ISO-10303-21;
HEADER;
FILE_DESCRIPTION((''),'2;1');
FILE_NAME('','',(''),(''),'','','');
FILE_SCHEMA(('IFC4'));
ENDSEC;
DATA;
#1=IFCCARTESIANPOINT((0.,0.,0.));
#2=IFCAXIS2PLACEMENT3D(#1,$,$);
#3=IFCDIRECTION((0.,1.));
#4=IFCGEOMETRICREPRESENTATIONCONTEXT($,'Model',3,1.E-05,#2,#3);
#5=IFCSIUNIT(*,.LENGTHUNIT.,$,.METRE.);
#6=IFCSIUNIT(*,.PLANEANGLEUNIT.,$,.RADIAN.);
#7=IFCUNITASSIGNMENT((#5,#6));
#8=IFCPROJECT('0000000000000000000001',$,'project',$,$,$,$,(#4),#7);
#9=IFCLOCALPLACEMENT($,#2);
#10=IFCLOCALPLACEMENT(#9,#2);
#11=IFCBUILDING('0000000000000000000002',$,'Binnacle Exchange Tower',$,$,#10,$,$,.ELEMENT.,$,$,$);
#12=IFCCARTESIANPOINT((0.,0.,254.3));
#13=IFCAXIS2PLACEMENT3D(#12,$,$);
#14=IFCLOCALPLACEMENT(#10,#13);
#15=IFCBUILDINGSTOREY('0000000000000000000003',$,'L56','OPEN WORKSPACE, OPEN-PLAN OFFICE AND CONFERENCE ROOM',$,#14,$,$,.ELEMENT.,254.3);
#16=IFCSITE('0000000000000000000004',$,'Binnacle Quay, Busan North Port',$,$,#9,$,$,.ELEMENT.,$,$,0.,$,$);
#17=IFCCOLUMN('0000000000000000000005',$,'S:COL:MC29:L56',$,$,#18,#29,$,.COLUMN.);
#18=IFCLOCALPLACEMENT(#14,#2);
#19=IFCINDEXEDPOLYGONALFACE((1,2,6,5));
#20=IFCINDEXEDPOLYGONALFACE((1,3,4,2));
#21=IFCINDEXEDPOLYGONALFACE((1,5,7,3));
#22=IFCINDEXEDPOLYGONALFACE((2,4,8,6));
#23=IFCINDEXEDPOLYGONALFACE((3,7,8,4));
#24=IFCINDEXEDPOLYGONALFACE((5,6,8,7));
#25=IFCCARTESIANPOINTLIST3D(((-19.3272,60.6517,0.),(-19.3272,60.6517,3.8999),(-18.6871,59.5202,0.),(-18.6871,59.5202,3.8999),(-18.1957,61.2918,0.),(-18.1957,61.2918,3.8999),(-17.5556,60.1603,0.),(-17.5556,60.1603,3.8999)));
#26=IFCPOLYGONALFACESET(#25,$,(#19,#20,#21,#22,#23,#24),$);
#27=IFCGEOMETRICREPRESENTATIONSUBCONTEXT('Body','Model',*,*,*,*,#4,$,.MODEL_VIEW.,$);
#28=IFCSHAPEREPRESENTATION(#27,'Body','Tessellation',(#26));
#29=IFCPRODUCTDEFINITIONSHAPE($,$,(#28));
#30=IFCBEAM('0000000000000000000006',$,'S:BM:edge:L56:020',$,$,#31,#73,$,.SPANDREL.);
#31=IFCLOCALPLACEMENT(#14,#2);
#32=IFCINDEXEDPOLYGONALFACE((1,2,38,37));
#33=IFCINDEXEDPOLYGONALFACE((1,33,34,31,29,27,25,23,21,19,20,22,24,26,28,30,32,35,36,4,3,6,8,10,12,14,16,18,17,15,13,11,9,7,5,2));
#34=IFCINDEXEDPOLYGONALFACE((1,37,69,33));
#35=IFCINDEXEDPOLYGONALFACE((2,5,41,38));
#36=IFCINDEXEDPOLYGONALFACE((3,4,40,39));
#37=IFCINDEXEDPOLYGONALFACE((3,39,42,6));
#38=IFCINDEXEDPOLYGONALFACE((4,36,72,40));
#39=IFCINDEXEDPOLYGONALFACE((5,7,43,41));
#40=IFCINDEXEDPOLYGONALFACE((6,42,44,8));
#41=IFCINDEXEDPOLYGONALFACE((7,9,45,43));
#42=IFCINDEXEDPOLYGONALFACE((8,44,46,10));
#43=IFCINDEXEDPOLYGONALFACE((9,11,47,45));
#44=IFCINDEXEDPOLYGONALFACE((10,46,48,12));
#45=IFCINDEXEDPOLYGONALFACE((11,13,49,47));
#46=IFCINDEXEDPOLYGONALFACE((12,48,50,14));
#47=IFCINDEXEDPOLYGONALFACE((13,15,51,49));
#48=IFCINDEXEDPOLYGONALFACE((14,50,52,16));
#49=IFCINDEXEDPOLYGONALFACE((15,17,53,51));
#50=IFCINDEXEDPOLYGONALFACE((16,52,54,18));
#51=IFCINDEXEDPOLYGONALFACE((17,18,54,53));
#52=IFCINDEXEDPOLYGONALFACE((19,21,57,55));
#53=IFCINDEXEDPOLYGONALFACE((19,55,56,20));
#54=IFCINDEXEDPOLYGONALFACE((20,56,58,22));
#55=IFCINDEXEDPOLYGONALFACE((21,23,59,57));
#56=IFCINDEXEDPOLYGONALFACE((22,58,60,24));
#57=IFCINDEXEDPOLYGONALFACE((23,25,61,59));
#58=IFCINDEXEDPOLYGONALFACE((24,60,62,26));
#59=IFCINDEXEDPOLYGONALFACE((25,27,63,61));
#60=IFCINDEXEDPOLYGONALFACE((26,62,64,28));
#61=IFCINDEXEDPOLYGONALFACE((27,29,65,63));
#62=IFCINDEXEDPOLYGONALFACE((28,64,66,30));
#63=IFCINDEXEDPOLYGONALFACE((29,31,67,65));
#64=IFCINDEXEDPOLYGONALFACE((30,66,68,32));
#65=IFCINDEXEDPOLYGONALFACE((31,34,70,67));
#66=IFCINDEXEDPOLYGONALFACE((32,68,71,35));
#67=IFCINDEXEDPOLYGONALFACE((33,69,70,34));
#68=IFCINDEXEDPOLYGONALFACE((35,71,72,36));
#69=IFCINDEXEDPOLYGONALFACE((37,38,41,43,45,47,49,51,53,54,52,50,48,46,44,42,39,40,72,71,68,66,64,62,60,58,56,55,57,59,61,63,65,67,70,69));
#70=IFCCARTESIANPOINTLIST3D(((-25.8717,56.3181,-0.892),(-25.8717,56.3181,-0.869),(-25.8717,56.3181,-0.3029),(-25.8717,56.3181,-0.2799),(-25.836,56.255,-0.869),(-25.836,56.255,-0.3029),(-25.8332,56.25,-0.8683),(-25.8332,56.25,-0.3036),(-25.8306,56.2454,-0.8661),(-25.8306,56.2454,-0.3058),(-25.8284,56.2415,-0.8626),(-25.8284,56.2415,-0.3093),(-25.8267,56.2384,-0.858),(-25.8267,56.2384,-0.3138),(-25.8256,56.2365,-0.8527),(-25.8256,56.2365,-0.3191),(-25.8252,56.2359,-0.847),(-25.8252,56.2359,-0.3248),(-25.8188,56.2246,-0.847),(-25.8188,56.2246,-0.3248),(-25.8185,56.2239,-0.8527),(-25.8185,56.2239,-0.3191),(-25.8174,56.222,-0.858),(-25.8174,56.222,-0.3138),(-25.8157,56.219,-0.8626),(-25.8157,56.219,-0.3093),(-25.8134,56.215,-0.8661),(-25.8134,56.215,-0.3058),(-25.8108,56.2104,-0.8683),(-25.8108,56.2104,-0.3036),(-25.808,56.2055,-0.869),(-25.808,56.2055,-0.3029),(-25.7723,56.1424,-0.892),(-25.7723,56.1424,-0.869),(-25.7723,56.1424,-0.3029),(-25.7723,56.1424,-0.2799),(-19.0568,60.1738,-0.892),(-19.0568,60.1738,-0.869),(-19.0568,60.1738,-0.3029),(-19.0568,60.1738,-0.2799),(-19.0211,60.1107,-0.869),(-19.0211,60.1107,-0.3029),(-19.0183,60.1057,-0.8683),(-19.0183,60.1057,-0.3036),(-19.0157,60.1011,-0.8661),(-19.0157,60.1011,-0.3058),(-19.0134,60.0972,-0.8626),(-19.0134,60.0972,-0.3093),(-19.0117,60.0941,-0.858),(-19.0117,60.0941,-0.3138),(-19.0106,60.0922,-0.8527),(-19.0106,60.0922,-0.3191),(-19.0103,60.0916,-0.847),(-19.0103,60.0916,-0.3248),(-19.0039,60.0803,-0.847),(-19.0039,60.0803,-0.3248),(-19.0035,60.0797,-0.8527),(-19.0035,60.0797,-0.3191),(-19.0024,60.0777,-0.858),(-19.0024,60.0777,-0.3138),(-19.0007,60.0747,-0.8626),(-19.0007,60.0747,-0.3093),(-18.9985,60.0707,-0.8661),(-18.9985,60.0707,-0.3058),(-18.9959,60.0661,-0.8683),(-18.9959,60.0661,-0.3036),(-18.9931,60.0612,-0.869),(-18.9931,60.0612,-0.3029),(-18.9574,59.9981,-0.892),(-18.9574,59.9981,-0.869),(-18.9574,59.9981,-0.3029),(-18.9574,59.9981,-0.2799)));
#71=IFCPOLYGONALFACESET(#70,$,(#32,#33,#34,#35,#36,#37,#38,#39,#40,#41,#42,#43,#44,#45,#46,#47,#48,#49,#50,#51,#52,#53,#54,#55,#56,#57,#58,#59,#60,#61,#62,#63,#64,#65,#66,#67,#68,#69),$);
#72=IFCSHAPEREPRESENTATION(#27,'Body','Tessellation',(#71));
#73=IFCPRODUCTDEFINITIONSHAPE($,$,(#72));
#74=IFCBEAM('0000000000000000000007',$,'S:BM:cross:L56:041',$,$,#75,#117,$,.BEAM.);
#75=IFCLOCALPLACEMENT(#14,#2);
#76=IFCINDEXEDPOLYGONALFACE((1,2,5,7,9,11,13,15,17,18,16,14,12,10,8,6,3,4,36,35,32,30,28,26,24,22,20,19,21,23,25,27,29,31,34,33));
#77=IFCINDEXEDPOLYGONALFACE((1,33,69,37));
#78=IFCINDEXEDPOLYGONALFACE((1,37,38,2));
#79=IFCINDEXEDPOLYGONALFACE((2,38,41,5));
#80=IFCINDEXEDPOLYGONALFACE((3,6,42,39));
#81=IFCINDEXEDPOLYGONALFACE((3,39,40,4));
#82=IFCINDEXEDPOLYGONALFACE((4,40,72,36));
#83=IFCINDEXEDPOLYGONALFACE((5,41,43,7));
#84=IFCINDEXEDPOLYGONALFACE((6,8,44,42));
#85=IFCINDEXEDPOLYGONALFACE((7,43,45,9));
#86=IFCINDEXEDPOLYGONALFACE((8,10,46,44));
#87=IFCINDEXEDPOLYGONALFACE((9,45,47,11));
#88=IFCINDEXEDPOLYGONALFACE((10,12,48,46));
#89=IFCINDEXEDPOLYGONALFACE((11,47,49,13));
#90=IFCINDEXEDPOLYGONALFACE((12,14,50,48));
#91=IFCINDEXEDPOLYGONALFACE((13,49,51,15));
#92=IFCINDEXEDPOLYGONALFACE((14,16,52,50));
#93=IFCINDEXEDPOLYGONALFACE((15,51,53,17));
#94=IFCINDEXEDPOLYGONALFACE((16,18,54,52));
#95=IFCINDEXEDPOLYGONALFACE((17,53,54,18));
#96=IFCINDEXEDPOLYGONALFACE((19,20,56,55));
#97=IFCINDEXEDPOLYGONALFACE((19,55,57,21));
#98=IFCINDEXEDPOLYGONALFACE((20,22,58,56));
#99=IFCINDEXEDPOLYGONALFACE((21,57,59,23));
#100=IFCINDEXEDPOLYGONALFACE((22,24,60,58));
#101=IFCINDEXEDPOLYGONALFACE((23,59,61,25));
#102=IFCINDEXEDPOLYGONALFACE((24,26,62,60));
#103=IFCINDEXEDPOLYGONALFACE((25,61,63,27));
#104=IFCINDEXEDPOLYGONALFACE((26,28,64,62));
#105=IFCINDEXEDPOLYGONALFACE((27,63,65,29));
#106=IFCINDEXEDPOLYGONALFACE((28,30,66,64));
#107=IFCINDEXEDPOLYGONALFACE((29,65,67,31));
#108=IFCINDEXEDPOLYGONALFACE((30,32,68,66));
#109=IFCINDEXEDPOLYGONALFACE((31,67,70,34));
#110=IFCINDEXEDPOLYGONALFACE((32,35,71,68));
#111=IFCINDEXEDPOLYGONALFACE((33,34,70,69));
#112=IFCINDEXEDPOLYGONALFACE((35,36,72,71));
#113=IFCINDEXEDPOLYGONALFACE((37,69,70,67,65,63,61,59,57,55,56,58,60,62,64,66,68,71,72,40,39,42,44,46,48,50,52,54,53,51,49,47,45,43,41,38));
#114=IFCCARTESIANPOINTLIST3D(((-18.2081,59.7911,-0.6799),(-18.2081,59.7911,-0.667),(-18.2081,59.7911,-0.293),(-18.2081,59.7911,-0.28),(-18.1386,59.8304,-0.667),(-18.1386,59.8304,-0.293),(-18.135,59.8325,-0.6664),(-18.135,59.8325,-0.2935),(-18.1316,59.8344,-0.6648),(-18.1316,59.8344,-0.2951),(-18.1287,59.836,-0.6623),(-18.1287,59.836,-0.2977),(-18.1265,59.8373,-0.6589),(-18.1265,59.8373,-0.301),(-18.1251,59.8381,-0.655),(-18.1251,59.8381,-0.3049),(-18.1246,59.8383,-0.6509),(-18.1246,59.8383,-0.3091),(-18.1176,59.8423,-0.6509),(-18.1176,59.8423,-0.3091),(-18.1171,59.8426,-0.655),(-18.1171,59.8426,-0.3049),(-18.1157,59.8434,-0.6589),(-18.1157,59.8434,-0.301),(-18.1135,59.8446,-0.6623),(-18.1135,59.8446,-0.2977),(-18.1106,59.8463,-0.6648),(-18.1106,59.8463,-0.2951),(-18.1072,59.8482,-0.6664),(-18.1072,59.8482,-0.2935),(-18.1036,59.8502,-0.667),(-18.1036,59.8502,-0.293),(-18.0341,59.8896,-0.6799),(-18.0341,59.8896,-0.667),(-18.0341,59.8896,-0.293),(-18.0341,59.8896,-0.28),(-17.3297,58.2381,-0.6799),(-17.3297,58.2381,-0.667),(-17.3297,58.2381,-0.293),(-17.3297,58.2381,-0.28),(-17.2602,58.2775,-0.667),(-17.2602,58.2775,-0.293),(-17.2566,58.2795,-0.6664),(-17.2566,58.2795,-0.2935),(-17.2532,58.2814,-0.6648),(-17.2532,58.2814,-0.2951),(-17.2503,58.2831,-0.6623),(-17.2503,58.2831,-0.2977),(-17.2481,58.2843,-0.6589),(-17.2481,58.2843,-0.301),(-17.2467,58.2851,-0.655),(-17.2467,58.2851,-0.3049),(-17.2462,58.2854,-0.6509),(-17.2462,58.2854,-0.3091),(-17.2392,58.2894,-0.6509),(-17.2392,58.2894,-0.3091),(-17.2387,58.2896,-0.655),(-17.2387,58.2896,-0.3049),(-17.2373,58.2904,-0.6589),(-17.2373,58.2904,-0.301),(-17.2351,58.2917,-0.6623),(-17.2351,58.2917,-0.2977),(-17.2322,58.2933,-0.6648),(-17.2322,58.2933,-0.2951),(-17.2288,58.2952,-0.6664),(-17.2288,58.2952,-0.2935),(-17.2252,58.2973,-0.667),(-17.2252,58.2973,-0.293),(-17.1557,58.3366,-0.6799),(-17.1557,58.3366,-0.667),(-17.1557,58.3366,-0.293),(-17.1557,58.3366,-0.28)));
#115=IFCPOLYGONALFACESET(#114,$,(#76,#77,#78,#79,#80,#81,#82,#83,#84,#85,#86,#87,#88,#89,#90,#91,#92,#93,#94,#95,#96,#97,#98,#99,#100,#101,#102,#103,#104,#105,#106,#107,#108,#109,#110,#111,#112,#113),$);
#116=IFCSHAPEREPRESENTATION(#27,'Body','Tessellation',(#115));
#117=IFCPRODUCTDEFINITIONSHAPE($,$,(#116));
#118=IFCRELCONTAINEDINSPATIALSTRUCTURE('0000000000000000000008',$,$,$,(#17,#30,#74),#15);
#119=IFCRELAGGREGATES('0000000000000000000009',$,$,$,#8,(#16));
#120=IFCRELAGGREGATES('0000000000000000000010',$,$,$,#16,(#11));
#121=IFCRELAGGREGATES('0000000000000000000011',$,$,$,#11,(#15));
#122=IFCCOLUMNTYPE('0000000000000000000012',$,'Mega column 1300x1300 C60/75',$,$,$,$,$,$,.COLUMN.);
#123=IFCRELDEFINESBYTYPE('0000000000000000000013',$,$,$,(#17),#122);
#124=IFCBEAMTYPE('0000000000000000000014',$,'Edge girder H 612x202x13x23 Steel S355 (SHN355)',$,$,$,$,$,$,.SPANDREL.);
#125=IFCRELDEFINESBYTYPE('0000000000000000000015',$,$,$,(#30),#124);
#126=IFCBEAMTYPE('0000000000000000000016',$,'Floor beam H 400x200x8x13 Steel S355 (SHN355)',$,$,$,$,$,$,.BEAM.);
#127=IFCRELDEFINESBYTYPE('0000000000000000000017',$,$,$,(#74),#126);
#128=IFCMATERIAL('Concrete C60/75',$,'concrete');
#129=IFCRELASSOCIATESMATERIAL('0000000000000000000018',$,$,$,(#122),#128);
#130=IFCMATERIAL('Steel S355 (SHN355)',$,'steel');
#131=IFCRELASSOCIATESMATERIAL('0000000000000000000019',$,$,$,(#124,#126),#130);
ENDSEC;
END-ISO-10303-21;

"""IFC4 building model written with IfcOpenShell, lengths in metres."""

from ifc_helpers import new_model, si_unit, direction, frame, origin, origin_2d, place, context, subcontext, project, spatial, rectangle, i_section, extrude, material, material_profile, profile_set, type_object, element, save


model = new_model("IFC4")

# Units and contexts
model_context = context("Model", 3, precision=1e-05, world=origin(), true_north=direction((0.0, 1.0)))
body_context = subcontext(model_context, "Body", "Model", "MODEL_VIEW")
ifc_project = project(units=[si_unit("LENGTHUNIT", "METRE"), si_unit("PLANEANGLEUNIT", "RADIAN")], contexts=[model_context])

# Site, building, storey
site_placement = place(None, origin())
site = spatial("IfcSite", under=ifc_project, at=site_placement, Name="Binnacle Quay, Busan North Port", CompositionType="ELEMENT", RefElevation=0.0)
building_placement = place(site_placement, origin())
building = spatial("IfcBuilding", under=site, at=building_placement, Name="Binnacle Exchange Tower", CompositionType="ELEMENT")
storey_placement = place(building_placement, frame((0.0, 0.0, 254.3)))
storey = spatial("IfcBuildingStorey", under=building, at=storey_placement, Name="L56", Description="OPEN WORKSPACE, OPEN-PLAN OFFICE AND CONFERENCE ROOM", CompositionType="ELEMENT", Elevation=254.3)

# Column
ifc_material_1 = material(Name="Concrete C60/75", Category="concrete")
ifc_material_profile_1 = material_profile(ifc_material_1, rectangle(XDim=1.3, YDim=1.3, at=origin_2d()), Name="Mega column 1300x1300 C60/75")
ifc_profile_set_1 = profile_set([ifc_material_profile_1], Name="Concrete C60/75")
column_type = type_object("IfcColumnType", Name="Mega column 1300x1300 C60/75", PredefinedType="COLUMN", material=ifc_profile_set_1)
column_placement = place(storey_placement, frame((-18.4414, 60.406, 0.0), z_axis=(0.0, 0.0, 1.0), x_axis=(-0.870356, -0.492424, 0.0)))
element("IfcColumn", 1, at=column_placement, inside=storey, type_object=column_type, Name="S:COL:MC29:L56", PredefinedType="COLUMN", context=body_context, shape_type="SweptSolid", body=[
    extrude(rectangle(XDim=1.3, YDim=1.3, at=origin_2d()), origin(), (0.0, 0.0, 1.0), 3.8999),
])

# Beams
ifc_material_2 = material(Name="Steel S355 (SHN355)", Category="steel")
ifc_material_profile_2 = material_profile(ifc_material_2, i_section(OverallWidth=0.2019, OverallDepth=0.6121, WebThickness=0.0129, FlangeThickness=0.0229, FilletRadius=0.022, at=origin_2d()), Name="H 612x202x13x23")
ifc_profile_set_2 = profile_set([ifc_material_profile_2], Name="Steel S355 (SHN355)")
beam_type_1 = type_object("IfcBeamType", Name="Edge girder H 612x202x13x23 Steel S355 (SHN355)", PredefinedType="SPANDREL", material=ifc_profile_set_2)
beam_1_placement = place(storey_placement, frame((-19.0071, 60.0859, -0.5859), z_axis=(-0.870355, -0.492424, 0.0), x_axis=(0.492424, -0.870355, 0.0)))
element("IfcBeam", 2, at=beam_1_placement, inside=storey, type_object=beam_type_1, Name="S:BM:edge:L56:020", PredefinedType="SPANDREL", context=body_context, shape_type="SweptSolid", body=[
    extrude(i_section(OverallWidth=0.2019, OverallDepth=0.6121, WebThickness=0.0129, FlangeThickness=0.0229, FilletRadius=0.022, at=origin_2d()), origin(), (0.0, 0.0, 1.0), 7.8301),
])
ifc_material_profile_3 = material_profile(ifc_material_2, i_section(OverallWidth=0.2, OverallDepth=0.3999, WebThickness=0.0081, FlangeThickness=0.0129, FilletRadius=0.0161, at=origin_2d()), Name="H 400x200x8x13")
ifc_profile_set_3 = profile_set([ifc_material_profile_3], Name="Steel S355 (SHN355)")
beam_type_2 = type_object("IfcBeamType", Name="Floor beam H 400x200x8x13 Steel S355 (SHN355)", PredefinedType="BEAM", material=ifc_profile_set_3)
beam_2_placement = place(storey_placement, frame((-18.1211, 59.8403, -0.48), z_axis=(0.492332, -0.870407, 0.0), x_axis=(0.870407, 0.492332, 0.0)))
element("IfcBeam", 3, at=beam_2_placement, inside=storey, type_object=beam_type_2, Name="S:BM:cross:L56:041", PredefinedType="BEAM", context=body_context, shape_type="SweptSolid", body=[
    extrude(i_section(OverallWidth=0.2, OverallDepth=0.3999, WebThickness=0.0081, FlangeThickness=0.0129, FilletRadius=0.0161, at=origin_2d()), origin(), (0.0, 0.0, 1.0), 1.7842),
])

save(model, "model.ifc")
